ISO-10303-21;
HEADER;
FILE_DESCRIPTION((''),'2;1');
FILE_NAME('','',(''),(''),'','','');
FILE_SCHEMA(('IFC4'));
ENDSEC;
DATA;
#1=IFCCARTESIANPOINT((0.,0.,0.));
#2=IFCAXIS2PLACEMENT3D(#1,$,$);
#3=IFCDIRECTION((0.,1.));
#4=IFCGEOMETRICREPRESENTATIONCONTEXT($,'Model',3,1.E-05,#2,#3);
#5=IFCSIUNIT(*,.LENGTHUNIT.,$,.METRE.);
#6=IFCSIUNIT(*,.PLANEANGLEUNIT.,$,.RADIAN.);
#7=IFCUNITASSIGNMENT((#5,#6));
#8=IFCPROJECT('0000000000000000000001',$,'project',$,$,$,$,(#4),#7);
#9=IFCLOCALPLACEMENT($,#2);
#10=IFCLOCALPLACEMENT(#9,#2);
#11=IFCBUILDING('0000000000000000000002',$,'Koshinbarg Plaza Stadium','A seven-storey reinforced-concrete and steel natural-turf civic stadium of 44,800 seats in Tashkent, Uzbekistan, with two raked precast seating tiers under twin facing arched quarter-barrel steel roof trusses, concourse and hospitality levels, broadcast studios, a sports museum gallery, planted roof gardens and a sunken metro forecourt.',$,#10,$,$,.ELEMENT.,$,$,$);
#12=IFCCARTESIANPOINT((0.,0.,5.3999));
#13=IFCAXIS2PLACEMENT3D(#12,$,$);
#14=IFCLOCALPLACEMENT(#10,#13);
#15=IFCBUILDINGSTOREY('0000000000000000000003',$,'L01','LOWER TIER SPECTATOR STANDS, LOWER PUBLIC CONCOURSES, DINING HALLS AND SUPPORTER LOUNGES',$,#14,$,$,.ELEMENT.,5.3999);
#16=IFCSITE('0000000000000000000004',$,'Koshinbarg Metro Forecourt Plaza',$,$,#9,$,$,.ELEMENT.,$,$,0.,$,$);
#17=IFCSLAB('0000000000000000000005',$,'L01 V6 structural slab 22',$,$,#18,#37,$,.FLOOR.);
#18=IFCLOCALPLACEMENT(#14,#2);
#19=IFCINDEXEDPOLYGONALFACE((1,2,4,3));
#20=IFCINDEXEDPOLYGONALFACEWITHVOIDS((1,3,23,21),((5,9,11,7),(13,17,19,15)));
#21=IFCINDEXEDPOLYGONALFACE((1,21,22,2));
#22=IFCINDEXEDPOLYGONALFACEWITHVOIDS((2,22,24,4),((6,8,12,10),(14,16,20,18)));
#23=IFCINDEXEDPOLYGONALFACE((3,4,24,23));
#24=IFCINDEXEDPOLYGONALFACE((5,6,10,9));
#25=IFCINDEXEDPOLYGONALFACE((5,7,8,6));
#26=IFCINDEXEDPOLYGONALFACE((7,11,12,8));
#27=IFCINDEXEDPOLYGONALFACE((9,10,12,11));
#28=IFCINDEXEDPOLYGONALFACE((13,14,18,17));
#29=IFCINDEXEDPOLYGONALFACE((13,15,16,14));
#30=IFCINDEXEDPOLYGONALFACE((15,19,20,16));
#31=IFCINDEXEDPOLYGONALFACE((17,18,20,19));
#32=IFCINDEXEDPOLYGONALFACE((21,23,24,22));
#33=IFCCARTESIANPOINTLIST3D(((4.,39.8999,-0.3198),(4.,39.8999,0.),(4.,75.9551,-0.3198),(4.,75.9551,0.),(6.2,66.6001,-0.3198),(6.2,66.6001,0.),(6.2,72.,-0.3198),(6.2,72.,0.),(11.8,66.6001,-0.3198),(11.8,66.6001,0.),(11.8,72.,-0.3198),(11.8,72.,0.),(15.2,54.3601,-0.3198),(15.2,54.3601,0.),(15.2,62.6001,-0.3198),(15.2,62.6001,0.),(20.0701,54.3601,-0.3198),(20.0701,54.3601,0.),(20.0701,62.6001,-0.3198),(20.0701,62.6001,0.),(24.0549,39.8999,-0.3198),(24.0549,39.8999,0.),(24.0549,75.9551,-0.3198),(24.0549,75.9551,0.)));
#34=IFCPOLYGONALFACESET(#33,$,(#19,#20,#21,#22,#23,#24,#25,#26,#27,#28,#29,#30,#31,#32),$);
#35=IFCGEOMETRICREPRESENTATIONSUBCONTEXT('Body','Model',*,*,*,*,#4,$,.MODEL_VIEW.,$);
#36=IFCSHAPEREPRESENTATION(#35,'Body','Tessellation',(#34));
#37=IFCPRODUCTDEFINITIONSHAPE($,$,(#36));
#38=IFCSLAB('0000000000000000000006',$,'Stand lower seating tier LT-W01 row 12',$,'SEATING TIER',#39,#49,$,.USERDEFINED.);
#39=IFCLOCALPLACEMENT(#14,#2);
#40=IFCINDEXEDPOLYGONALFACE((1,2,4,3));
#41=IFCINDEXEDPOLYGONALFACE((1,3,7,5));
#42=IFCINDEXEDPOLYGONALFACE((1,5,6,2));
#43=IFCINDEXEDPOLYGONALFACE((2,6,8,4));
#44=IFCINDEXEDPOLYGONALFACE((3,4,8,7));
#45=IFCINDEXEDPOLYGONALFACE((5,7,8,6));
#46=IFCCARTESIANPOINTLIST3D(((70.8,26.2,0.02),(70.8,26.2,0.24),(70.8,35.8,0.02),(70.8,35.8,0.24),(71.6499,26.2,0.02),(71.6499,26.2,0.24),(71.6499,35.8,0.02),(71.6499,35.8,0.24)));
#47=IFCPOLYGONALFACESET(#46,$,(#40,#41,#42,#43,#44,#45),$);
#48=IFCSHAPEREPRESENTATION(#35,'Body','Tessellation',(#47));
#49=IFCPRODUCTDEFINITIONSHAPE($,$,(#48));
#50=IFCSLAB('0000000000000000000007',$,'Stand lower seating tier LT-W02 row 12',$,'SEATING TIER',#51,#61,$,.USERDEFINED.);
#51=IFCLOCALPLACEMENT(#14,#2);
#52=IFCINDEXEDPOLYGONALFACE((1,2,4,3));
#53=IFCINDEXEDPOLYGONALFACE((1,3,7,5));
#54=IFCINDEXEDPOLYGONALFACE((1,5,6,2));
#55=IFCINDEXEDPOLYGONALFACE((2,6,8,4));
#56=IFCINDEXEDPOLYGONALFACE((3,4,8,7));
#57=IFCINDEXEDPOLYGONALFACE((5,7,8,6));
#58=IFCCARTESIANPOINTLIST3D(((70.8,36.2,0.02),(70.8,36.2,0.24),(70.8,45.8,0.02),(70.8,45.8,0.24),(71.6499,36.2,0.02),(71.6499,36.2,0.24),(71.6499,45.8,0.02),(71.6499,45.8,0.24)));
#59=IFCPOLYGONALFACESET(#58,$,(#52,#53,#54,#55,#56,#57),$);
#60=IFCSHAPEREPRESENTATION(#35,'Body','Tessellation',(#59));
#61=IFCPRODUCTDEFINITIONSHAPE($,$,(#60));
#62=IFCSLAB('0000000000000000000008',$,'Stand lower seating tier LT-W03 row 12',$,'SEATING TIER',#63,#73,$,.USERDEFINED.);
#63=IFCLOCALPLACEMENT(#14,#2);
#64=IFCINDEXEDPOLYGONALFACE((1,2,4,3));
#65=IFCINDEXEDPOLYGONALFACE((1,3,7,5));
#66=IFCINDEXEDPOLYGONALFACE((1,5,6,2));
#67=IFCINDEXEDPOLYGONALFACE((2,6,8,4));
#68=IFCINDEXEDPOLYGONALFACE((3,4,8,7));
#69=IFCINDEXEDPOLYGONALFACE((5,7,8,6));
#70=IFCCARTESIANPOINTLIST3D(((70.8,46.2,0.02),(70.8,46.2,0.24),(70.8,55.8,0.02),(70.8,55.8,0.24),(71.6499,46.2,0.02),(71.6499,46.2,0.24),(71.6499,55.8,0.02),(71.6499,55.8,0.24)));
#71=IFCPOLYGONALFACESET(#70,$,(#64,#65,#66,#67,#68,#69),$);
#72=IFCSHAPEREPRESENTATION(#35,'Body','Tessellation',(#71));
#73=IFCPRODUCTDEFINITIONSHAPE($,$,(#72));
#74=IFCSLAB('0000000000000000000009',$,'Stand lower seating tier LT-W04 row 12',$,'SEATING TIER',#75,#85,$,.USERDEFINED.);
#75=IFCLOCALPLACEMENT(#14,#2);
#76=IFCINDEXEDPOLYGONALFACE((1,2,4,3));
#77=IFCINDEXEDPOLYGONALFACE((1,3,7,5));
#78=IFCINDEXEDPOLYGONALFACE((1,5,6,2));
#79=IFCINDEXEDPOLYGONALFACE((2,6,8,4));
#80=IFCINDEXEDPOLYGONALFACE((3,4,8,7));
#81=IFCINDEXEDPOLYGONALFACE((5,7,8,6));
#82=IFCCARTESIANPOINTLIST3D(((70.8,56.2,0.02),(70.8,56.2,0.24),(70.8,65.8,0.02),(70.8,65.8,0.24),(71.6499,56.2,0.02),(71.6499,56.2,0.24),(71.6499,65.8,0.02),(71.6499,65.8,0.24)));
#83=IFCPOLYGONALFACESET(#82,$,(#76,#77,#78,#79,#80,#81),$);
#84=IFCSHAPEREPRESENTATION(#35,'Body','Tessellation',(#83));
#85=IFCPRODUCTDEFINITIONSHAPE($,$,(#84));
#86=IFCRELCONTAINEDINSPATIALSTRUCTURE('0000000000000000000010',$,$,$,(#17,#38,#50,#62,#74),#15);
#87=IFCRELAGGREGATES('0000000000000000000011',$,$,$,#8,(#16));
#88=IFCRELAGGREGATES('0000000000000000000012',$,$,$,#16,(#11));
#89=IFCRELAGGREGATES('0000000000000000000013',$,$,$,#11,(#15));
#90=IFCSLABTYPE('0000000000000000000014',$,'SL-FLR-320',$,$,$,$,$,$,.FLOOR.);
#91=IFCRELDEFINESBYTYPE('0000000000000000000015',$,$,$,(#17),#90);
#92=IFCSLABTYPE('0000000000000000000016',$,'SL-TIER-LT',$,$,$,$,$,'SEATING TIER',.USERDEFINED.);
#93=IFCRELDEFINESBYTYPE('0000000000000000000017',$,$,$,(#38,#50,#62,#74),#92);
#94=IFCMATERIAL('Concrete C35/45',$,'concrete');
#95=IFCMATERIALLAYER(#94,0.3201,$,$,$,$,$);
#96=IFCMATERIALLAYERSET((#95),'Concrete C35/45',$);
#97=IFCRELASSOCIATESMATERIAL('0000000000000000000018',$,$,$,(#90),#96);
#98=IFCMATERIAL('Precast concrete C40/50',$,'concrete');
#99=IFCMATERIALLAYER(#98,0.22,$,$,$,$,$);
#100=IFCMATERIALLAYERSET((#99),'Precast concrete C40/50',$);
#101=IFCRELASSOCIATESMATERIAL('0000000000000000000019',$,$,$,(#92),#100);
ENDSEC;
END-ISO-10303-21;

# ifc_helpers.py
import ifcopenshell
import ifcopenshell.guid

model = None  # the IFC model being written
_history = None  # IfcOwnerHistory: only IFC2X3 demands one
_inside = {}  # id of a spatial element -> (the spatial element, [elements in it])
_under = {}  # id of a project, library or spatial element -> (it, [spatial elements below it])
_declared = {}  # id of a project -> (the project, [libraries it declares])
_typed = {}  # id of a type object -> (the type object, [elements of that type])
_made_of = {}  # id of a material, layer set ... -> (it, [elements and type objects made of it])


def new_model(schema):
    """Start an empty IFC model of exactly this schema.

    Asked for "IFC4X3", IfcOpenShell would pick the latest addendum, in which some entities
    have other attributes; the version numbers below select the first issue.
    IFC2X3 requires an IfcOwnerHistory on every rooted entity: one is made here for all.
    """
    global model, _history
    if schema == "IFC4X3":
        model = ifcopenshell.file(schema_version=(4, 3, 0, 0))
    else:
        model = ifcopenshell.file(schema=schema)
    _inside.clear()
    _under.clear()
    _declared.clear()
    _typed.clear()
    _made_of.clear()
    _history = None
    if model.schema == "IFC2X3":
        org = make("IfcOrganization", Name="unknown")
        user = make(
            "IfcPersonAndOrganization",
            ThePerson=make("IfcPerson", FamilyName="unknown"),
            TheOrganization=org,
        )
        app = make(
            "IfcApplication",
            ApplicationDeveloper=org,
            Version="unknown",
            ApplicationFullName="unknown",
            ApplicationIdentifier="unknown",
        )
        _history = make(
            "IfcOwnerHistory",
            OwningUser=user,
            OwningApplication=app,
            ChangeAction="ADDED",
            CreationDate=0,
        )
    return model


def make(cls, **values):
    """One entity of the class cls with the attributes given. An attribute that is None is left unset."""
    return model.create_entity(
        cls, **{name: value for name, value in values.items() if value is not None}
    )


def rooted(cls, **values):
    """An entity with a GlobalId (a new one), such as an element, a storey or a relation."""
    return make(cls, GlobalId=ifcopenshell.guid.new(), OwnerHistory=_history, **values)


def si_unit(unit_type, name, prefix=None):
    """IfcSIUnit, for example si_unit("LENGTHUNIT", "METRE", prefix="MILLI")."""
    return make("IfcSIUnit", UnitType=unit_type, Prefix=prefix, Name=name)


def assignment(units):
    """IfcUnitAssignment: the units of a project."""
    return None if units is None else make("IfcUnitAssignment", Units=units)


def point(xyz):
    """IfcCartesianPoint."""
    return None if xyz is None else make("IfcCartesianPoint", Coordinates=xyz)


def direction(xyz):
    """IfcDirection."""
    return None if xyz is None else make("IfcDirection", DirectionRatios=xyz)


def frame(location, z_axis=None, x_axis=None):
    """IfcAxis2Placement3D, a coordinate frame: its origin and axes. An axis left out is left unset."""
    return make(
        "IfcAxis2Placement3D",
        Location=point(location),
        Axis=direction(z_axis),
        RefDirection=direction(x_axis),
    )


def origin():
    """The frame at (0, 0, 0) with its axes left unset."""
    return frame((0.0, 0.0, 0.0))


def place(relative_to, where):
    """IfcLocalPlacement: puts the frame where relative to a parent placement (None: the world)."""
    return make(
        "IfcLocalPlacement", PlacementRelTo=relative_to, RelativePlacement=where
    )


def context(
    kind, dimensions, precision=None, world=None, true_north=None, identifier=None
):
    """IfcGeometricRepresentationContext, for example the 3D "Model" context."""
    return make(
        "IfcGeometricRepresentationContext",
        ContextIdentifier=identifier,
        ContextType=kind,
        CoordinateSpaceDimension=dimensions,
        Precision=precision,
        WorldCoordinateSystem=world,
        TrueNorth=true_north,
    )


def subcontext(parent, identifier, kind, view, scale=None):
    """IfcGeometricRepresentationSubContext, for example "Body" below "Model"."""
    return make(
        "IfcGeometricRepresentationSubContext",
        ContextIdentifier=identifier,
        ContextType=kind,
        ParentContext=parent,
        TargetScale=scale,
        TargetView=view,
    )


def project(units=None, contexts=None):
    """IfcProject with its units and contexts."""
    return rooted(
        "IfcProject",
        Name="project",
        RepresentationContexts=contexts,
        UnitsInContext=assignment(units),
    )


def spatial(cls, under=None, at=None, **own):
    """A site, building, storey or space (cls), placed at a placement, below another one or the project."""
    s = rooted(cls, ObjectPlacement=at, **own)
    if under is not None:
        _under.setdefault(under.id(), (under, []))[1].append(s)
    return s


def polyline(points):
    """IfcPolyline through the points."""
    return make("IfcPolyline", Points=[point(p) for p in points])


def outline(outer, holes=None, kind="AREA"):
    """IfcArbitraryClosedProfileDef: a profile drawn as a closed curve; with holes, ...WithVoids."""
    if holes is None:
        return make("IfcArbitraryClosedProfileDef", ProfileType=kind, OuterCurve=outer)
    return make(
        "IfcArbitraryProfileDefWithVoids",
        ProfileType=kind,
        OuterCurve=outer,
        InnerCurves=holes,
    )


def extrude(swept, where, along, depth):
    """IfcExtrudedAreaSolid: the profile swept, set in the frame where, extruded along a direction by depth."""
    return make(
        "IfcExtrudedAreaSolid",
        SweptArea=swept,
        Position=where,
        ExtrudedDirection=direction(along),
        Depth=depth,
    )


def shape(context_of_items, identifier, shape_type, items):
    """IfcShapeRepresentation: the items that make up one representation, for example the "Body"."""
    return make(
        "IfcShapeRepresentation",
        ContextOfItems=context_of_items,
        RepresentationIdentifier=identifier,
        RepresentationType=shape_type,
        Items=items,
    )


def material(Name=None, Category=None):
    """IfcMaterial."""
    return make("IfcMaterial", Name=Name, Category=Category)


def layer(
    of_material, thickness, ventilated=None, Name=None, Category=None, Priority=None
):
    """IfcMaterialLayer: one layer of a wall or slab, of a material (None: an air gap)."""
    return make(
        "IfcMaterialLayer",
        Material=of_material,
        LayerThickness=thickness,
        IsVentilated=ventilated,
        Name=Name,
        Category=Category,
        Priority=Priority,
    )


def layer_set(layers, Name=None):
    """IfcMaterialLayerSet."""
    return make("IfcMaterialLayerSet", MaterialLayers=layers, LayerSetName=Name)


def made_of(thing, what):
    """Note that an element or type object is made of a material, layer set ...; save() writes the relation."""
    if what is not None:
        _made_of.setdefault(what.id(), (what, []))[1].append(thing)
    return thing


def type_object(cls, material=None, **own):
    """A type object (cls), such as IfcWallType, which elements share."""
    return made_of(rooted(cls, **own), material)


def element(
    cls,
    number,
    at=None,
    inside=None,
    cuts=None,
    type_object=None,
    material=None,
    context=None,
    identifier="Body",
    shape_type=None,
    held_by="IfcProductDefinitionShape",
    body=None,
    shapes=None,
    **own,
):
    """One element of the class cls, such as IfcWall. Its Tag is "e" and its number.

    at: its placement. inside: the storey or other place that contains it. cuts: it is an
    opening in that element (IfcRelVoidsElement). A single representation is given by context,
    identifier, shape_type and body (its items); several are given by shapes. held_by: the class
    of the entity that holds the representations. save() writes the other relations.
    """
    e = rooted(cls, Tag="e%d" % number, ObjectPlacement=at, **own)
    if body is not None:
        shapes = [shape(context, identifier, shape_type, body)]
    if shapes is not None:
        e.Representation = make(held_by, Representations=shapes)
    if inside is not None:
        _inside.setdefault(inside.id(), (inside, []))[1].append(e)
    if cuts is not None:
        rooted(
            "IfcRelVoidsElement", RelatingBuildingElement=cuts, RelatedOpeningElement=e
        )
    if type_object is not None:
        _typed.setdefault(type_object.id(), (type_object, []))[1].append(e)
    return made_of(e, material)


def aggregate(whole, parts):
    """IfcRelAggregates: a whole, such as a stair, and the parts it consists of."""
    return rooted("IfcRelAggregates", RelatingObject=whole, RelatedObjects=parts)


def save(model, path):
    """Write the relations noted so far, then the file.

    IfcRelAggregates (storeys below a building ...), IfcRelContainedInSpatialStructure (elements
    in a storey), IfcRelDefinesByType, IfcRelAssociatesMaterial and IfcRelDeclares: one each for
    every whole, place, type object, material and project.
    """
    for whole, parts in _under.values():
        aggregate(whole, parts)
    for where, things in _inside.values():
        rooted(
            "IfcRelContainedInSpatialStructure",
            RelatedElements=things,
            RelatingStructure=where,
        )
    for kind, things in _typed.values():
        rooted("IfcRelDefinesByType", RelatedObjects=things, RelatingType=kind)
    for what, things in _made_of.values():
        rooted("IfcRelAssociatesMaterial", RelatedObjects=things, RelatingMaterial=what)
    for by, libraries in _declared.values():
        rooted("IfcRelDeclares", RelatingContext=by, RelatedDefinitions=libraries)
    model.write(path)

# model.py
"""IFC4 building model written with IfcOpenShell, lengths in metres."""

from ifc_helpers import new_model, si_unit, direction, frame, origin, place, context, subcontext, project, spatial, polyline, outline, extrude, material, layer, layer_set, type_object, element, save


model = new_model("IFC4")

# Units and contexts
model_context = context("Model", 3, precision=1e-05, world=origin(), true_north=direction((0.0, 1.0)))
body_context = subcontext(model_context, "Body", "Model", "MODEL_VIEW")
ifc_project = project(units=[si_unit("LENGTHUNIT", "METRE"), si_unit("PLANEANGLEUNIT", "RADIAN")], contexts=[model_context])

# Site, building, storey
site_placement = place(None, origin())
site = spatial("IfcSite", under=ifc_project, at=site_placement, Name="Koshinbarg Metro Forecourt Plaza", CompositionType="ELEMENT", RefElevation=0.0)
building_placement = place(site_placement, origin())
building = spatial("IfcBuilding", under=site, at=building_placement, Name="Koshinbarg Plaza Stadium", Description="A seven-storey reinforced-concrete and steel natural-turf civic stadium of 44,800 seats in Tashkent, Uzbekistan, with two raked precast seating tiers under twin facing arched quarter-barrel steel roof trusses, concourse and hospitality levels, broadcast studios, a sports museum gallery, planted roof gardens and a sunken metro forecourt.", CompositionType="ELEMENT")
storey_placement = place(building_placement, frame((0.0, 0.0, 5.3999)))
storey = spatial("IfcBuildingStorey", under=building, at=storey_placement, Name="L01", Description="LOWER TIER SPECTATOR STANDS, LOWER PUBLIC CONCOURSES, DINING HALLS AND SUPPORTER LOUNGES", CompositionType="ELEMENT", Elevation=5.3999)

# Slabs
ifc_material_1 = material(Name="Concrete C35/45", Category="concrete")
ifc_layer_1 = layer(ifc_material_1, 0.3201)
ifc_layer_set_1 = layer_set([ifc_layer_1], Name="Concrete C35/45")
slab_type_1 = type_object("IfcSlabType", Name="SL-FLR-320", PredefinedType="FLOOR", material=ifc_layer_set_1)
slab_1_placement = place(storey_placement, frame((0.0, 0.0, -0.3198)))
element("IfcSlab", 1, at=slab_1_placement, inside=storey, type_object=slab_type_1, Name="L01 V6 structural slab 22", PredefinedType="FLOOR", context=body_context, shape_type="SweptSolid", body=[
    extrude(outline(polyline([(4.0, 39.8999), (24.0549, 39.8999), (24.0549, 75.9551), (4.0, 75.9551), (4.0, 39.8999)]), holes=[polyline([(20.0701, 54.3601), (20.0701, 62.6001), (15.2, 62.6001), (15.2, 54.3601), (20.0701, 54.3601)]), polyline([(6.2, 66.6001), (11.8, 66.6001), (11.8, 72.0), (6.2, 72.0), (6.2, 66.6001)])]), origin(), (0.0, 0.0, 1.0), 0.3198),
])
ifc_material_2 = material(Name="Precast concrete C40/50", Category="concrete")
ifc_layer_2 = layer(ifc_material_2, 0.22)
ifc_layer_set_2 = layer_set([ifc_layer_2], Name="Precast concrete C40/50")
slab_type_2 = type_object("IfcSlabType", Name="SL-TIER-LT", ElementType="SEATING TIER", PredefinedType="USERDEFINED", material=ifc_layer_set_2)
slab_2_placement = place(storey_placement, frame((0.0, 0.0, 0.02)))
element("IfcSlab", 2, at=slab_2_placement, inside=storey, type_object=slab_type_2, Name="Stand lower seating tier LT-W01 row 12", ObjectType="SEATING TIER", PredefinedType="USERDEFINED", context=body_context, shape_type="SweptSolid", body=[
    extrude(outline(polyline([(70.8, 26.2), (71.6499, 26.2), (71.6499, 35.8), (70.8, 35.8), (70.8, 26.2)])), origin(), (0.0, 0.0, 1.0), 0.22),
])
slab_3_placement = place(storey_placement, frame((0.0, 0.0, 0.02)))
element("IfcSlab", 3, at=slab_3_placement, inside=storey, type_object=slab_type_2, Name="Stand lower seating tier LT-W02 row 12", ObjectType="SEATING TIER", PredefinedType="USERDEFINED", context=body_context, shape_type="SweptSolid", body=[
    extrude(outline(polyline([(70.8, 36.2), (71.6499, 36.2), (71.6499, 45.8), (70.8, 45.8), (70.8, 36.2)])), origin(), (0.0, 0.0, 1.0), 0.22),
])
slab_4_placement = place(storey_placement, frame((0.0, 0.0, 0.02)))
element("IfcSlab", 4, at=slab_4_placement, inside=storey, type_object=slab_type_2, Name="Stand lower seating tier LT-W03 row 12", ObjectType="SEATING TIER", PredefinedType="USERDEFINED", context=body_context, shape_type="SweptSolid", body=[
    extrude(outline(polyline([(70.8, 46.2), (71.6499, 46.2), (71.6499, 55.8), (70.8, 55.8), (70.8, 46.2)])), origin(), (0.0, 0.0, 1.0), 0.22),
])
slab_5_placement = place(storey_placement, frame((0.0, 0.0, 0.02)))
element("IfcSlab", 5, at=slab_5_placement, inside=storey, type_object=slab_type_2, Name="Stand lower seating tier LT-W04 row 12", ObjectType="SEATING TIER", PredefinedType="USERDEFINED", context=body_context, shape_type="SweptSolid", body=[
    extrude(outline(polyline([(70.8, 56.2), (71.6499, 56.2), (71.6499, 65.8), (70.8, 65.8), (70.8, 56.2)])), origin(), (0.0, 0.0, 1.0), 0.22),
])

save(model, "model.ifc")
